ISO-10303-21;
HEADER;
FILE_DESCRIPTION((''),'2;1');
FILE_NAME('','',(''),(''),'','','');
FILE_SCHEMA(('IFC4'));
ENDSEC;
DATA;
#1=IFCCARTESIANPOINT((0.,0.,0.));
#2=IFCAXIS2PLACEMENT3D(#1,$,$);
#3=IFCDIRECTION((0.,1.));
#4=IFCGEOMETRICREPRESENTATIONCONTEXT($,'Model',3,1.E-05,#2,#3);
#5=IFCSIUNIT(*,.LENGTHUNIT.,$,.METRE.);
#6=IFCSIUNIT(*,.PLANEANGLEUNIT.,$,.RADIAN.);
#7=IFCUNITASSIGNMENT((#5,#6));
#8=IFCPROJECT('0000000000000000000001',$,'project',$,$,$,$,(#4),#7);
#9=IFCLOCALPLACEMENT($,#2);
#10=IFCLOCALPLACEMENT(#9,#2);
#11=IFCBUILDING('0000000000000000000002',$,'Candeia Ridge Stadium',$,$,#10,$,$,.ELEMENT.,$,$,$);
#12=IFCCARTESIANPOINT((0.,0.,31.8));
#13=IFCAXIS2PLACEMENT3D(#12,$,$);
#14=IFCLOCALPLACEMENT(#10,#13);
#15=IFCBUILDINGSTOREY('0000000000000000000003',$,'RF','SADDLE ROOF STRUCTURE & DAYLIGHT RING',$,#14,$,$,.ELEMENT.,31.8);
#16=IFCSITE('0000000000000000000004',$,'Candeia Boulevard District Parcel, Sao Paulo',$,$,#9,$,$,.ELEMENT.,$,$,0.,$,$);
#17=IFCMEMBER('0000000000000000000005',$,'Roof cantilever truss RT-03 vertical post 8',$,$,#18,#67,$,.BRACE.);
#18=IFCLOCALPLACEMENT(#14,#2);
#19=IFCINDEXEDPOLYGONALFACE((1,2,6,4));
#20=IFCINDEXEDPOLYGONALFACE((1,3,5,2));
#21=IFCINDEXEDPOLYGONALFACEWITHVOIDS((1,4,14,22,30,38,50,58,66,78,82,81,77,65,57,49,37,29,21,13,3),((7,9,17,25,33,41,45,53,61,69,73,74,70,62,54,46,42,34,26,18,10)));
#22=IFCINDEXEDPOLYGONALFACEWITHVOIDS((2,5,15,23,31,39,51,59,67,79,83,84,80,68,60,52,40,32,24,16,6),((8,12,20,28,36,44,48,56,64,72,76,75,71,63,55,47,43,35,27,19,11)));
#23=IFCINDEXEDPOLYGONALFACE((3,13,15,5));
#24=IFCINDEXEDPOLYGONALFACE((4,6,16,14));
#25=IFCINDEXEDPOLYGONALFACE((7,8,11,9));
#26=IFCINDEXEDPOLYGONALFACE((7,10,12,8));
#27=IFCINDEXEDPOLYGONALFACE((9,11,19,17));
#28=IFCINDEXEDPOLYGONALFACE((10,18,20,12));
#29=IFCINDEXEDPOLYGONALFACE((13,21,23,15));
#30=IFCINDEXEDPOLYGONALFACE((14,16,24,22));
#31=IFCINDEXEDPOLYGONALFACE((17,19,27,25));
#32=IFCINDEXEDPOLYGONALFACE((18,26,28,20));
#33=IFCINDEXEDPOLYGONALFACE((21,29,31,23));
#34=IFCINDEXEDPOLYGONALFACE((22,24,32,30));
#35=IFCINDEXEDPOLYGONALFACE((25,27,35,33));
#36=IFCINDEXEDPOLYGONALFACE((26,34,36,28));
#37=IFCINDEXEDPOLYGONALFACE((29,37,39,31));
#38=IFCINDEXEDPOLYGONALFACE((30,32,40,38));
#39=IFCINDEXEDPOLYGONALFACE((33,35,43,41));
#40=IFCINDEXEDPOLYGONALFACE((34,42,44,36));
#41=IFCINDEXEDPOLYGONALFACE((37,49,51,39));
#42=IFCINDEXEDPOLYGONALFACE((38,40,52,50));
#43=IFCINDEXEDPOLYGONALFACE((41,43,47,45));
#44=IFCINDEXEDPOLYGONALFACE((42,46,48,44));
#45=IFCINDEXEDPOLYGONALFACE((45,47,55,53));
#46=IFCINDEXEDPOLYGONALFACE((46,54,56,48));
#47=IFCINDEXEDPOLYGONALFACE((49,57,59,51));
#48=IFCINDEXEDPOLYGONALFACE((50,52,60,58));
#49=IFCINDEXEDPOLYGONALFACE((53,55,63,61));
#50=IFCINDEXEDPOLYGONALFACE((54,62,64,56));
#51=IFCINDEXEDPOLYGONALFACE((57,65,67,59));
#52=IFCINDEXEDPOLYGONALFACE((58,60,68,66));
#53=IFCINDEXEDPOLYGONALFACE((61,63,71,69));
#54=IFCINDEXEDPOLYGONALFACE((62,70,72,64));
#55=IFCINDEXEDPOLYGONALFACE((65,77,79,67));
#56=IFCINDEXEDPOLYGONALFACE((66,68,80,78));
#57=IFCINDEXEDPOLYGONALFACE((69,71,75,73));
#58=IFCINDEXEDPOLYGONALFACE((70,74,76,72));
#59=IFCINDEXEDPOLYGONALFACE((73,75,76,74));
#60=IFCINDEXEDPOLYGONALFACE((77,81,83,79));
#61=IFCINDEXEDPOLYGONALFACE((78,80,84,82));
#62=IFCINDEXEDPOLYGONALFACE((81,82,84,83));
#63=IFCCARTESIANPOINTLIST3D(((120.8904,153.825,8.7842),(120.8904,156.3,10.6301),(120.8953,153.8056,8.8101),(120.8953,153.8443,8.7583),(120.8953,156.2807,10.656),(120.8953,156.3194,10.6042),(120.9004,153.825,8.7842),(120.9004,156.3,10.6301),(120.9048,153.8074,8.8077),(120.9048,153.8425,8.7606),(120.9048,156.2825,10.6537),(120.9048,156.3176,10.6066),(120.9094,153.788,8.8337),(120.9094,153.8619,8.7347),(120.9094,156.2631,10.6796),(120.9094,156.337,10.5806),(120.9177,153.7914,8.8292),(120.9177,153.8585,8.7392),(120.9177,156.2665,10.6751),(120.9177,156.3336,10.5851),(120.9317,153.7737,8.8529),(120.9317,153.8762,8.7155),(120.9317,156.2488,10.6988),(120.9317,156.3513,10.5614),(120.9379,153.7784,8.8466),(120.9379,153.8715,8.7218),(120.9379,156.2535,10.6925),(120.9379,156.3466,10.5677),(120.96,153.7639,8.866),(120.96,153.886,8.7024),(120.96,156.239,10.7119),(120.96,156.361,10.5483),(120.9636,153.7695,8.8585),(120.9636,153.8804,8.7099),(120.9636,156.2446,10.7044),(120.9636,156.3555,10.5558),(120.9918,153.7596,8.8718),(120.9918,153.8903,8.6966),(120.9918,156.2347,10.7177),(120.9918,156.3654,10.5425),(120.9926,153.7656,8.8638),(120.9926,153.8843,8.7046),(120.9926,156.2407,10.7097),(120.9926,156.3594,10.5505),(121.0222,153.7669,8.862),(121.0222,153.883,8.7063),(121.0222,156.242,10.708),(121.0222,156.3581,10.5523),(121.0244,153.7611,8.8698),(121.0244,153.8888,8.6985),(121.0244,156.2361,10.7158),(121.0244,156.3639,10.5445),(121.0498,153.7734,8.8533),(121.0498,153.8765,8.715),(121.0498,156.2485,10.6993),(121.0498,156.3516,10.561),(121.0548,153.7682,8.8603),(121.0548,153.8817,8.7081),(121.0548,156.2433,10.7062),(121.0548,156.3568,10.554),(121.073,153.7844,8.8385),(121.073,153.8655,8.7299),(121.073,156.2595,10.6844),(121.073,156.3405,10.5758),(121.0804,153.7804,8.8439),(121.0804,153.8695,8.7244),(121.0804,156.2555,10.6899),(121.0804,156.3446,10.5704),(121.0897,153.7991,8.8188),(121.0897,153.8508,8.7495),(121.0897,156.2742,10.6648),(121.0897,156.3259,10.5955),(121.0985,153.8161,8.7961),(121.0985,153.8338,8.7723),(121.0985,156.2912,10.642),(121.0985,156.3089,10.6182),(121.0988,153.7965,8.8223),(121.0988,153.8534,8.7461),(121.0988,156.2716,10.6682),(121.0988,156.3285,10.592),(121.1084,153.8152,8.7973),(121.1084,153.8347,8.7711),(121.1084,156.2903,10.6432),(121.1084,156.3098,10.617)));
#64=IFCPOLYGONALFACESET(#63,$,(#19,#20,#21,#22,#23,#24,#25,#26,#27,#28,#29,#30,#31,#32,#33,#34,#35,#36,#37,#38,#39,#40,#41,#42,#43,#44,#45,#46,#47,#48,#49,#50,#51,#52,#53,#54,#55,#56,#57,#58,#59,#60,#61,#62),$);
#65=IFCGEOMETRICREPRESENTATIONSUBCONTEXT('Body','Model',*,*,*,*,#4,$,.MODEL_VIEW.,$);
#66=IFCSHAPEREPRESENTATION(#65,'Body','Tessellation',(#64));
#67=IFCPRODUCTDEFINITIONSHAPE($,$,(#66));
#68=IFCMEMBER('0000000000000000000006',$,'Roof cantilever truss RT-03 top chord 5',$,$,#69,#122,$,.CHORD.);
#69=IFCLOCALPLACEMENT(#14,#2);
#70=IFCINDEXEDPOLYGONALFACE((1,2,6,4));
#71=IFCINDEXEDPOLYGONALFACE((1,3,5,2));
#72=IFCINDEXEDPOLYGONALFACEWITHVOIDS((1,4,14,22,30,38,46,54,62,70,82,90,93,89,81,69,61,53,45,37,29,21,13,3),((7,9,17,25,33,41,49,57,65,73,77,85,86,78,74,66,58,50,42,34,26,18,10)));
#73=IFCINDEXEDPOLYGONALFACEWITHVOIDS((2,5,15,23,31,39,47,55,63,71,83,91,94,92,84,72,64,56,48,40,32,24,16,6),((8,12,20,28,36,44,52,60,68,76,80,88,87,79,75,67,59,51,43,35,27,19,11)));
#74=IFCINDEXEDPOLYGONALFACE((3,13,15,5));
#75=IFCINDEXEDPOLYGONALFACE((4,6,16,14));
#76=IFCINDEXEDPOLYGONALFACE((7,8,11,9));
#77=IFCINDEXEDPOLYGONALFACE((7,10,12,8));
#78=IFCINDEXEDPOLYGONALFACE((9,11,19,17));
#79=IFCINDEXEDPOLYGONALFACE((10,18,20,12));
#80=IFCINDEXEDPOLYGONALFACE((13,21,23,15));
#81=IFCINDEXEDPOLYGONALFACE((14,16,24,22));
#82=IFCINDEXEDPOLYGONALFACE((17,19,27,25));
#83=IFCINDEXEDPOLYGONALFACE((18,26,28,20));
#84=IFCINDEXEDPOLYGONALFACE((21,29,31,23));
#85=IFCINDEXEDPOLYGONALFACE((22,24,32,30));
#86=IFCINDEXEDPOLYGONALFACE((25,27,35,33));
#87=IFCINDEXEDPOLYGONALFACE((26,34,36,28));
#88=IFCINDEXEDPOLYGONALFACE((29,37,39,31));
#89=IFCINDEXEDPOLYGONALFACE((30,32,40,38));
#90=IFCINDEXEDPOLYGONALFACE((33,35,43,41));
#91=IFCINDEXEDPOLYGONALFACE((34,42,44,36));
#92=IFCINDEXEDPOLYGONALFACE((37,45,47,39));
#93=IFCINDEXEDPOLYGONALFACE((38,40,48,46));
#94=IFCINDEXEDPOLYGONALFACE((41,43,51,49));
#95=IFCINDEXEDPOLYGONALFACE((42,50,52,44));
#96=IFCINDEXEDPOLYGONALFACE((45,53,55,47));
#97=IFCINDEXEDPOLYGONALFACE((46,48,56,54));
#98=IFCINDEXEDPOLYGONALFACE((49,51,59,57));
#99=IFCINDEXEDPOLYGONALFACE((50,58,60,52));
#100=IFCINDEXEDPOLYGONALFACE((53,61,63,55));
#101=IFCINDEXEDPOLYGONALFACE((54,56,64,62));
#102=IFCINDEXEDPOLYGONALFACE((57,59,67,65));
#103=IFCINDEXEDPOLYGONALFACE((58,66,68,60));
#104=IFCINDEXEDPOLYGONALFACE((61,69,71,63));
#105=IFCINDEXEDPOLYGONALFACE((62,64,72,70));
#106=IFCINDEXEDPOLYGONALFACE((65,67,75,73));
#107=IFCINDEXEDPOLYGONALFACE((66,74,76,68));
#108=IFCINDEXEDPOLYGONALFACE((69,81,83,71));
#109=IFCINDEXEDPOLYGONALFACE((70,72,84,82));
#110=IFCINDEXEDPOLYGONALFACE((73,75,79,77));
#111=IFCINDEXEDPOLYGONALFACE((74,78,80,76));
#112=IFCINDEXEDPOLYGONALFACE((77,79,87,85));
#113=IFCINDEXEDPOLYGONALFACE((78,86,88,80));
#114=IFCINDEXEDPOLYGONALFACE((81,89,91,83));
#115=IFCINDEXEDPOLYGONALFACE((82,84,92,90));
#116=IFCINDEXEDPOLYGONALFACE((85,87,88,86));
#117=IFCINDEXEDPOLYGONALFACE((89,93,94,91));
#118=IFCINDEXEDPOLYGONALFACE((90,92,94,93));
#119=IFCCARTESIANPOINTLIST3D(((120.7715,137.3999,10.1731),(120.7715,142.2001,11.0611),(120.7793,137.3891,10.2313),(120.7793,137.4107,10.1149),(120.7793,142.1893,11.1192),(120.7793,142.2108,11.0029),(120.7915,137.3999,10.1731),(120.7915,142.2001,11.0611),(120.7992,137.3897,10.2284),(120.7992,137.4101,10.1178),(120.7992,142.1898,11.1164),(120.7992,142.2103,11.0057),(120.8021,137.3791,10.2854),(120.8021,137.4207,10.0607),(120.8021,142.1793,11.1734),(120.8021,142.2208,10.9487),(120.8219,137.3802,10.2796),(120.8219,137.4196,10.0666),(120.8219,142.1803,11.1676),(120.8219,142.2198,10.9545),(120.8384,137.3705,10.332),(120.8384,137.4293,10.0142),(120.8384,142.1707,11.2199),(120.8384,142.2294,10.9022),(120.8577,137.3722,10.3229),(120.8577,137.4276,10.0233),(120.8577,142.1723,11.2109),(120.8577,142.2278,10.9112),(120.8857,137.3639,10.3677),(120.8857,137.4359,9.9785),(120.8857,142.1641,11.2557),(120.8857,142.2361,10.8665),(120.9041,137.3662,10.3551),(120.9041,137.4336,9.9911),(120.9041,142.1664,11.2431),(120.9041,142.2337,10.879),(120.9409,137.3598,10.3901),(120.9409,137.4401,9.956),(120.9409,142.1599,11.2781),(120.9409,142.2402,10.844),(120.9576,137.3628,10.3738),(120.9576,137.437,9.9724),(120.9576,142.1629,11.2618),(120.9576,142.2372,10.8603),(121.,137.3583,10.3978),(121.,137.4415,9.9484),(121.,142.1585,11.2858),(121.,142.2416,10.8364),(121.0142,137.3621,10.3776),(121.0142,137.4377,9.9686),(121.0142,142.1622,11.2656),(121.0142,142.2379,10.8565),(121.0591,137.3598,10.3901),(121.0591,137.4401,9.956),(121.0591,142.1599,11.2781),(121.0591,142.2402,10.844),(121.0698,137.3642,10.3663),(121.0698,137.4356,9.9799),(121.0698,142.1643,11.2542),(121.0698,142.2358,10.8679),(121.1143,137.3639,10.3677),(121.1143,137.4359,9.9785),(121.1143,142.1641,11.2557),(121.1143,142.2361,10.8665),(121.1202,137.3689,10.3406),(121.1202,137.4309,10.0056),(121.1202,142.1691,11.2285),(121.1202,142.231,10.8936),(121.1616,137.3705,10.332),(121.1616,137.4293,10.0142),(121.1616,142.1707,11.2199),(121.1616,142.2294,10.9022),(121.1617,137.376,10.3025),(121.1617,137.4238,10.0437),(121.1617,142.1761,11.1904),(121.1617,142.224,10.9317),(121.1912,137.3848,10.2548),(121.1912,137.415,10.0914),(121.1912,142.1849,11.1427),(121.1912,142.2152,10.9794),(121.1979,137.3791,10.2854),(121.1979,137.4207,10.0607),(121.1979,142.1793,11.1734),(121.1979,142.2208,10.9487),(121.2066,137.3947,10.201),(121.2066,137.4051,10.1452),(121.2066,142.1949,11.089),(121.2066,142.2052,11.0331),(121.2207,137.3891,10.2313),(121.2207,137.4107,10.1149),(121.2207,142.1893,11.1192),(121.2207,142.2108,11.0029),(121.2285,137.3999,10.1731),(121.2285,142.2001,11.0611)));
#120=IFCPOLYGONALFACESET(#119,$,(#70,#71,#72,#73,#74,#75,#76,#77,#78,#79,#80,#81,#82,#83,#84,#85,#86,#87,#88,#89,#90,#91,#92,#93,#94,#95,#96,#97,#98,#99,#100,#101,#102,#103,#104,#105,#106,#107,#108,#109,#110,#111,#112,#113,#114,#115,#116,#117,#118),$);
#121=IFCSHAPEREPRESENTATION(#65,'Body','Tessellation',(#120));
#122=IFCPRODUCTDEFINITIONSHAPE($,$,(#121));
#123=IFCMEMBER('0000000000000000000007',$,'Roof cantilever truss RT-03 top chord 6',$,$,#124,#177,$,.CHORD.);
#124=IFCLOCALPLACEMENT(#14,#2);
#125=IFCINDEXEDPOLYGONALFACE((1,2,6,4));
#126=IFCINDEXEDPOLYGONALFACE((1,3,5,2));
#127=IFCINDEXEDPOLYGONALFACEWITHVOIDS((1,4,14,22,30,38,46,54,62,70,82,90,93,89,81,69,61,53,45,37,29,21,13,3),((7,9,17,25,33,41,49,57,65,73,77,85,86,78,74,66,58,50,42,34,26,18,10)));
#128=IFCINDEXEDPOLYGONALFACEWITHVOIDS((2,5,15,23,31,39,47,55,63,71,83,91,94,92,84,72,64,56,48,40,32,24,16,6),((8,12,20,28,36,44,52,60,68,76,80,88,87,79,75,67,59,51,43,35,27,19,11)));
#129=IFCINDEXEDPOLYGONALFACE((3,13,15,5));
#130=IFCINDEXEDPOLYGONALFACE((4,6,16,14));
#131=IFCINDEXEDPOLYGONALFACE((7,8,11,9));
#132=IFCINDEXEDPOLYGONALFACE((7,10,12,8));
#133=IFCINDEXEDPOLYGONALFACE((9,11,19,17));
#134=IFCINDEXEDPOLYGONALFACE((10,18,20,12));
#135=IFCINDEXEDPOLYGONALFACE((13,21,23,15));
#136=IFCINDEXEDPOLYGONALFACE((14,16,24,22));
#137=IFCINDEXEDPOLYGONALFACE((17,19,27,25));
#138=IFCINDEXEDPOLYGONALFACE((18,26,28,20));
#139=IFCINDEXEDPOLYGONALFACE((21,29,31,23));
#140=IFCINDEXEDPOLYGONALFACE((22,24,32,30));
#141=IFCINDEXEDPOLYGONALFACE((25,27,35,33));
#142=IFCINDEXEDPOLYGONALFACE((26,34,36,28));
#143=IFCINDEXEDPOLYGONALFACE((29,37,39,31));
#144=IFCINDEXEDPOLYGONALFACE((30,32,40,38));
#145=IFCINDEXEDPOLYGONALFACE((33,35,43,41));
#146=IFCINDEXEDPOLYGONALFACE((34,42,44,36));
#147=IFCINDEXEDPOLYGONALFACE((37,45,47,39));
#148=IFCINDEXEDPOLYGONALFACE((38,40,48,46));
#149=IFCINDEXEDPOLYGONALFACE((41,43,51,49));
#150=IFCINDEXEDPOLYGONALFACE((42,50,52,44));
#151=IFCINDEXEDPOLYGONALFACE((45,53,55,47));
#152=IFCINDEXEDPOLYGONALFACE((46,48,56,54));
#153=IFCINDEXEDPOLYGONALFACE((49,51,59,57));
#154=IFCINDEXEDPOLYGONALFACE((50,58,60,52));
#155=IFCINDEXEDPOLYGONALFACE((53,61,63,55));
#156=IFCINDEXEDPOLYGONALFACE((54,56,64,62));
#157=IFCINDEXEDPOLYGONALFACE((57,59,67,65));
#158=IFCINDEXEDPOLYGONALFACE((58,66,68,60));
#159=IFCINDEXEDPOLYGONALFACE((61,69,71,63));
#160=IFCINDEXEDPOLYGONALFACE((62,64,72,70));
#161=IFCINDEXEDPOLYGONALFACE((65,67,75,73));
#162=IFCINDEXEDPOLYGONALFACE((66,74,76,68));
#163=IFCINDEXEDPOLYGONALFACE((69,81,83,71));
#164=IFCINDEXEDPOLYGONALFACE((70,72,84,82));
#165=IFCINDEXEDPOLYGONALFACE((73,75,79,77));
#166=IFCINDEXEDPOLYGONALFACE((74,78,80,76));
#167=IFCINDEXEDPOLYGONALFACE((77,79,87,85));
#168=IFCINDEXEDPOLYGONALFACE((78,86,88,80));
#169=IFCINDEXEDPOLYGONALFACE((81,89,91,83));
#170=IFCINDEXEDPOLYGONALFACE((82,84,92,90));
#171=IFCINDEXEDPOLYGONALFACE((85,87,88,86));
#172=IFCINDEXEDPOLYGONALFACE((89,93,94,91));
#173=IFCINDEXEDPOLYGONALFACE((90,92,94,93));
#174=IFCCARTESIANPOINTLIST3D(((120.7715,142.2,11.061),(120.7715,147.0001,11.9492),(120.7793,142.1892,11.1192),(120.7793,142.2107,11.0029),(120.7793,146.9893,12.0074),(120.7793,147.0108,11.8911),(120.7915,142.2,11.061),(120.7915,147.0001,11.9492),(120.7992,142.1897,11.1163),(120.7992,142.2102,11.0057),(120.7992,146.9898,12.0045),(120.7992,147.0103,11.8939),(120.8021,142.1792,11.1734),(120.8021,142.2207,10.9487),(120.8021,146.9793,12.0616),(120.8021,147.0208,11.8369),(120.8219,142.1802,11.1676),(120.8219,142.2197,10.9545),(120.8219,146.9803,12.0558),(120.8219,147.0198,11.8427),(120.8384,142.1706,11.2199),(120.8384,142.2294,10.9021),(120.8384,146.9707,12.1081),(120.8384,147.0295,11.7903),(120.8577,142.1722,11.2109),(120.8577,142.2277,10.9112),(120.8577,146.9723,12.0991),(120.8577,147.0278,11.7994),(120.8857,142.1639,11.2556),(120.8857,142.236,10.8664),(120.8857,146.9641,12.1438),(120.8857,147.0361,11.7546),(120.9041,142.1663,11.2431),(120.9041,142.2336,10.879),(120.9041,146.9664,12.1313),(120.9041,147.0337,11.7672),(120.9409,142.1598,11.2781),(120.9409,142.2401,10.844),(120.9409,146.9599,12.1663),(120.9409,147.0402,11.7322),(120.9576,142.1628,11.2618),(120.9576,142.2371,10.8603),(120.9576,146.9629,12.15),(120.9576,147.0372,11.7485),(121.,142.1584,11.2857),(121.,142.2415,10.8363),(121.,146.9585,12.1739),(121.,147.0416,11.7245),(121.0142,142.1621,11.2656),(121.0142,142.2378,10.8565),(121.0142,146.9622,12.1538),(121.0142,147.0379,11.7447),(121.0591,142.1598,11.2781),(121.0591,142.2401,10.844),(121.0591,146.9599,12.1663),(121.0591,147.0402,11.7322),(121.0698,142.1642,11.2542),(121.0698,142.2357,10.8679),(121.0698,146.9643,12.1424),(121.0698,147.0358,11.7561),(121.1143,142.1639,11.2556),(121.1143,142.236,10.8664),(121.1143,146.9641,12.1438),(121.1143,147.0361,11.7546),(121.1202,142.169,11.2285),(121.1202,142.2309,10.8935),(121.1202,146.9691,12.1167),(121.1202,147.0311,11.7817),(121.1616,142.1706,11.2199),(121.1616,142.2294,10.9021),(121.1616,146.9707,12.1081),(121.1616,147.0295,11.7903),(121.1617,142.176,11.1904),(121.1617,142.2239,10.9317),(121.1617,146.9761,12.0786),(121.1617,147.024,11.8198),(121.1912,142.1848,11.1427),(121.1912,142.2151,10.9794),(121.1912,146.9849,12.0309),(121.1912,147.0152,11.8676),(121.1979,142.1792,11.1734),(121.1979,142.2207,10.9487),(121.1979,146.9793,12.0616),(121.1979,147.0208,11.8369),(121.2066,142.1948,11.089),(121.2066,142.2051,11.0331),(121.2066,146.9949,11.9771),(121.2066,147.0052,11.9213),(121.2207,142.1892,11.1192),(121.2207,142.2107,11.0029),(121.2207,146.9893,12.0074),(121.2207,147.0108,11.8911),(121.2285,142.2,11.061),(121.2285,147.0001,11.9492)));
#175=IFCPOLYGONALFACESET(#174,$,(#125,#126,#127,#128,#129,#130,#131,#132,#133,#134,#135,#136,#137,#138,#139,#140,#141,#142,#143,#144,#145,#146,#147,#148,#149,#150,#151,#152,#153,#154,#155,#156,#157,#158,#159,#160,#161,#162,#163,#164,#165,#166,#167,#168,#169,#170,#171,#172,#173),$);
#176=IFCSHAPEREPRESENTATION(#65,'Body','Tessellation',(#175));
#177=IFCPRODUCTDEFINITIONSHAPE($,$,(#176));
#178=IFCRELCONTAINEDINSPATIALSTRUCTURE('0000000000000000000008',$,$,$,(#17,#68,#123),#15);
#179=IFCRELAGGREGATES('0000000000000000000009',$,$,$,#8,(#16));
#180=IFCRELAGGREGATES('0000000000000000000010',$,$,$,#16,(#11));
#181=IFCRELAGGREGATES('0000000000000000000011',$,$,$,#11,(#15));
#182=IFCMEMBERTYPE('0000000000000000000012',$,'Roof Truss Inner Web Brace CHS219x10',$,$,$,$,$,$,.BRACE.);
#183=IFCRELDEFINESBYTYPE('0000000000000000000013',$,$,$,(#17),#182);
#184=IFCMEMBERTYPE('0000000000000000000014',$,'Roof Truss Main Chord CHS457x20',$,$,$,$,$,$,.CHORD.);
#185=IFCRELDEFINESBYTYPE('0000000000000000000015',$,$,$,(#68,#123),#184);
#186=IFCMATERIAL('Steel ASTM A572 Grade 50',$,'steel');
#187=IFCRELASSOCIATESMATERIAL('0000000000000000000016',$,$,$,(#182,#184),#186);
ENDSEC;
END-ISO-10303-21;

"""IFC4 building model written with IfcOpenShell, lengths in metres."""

from ifc_helpers import new_model, si_unit, direction, frame, origin, origin_2d, place, context, subcontext, project, spatial, hollow_circle, extrude, material, material_profile, profile_set, type_object, element, save


model = new_model("IFC4")

# Units and contexts
model_context = context("Model", 3, precision=1e-05, world=origin(), true_north=direction((0.0, 1.0)))
body_context = subcontext(model_context, "Body", "Model", "MODEL_VIEW")
ifc_project = project(units=[si_unit("LENGTHUNIT", "METRE"), si_unit("PLANEANGLEUNIT", "RADIAN")], contexts=[model_context])

# Site, building, storey
site_placement = place(None, origin())
site = spatial("IfcSite", under=ifc_project, at=site_placement, Name="Candeia Boulevard District Parcel, Sao Paulo", CompositionType="ELEMENT", RefElevation=0.0)
building_placement = place(site_placement, origin())
building = spatial("IfcBuilding", under=site, at=building_placement, Name="Candeia Ridge Stadium", CompositionType="ELEMENT")
storey_placement = place(building_placement, frame((0.0, 0.0, 31.8)))
storey = spatial("IfcBuildingStorey", under=building, at=storey_placement, Name="RF", Description="SADDLE ROOF STRUCTURE & DAYLIGHT RING", CompositionType="ELEMENT", Elevation=31.8)

# Shared definitions
ifc_material_1 = material(Name="Steel ASTM A572 Grade 50", Category="steel")

# Members
ifc_material_profile_1 = material_profile(ifc_material_1, hollow_circle(Radius=0.1096, WallThickness=0.01, at=origin_2d()), Name="CHS219x10", Category="steel")
ifc_profile_set_1 = profile_set([ifc_material_profile_1], Name="Steel ASTM A572 Grade 50")
member_type_1 = type_object("IfcMemberType", Name="Roof Truss Inner Web Brace CHS219x10", PredefinedType="BRACE", material=ifc_profile_set_1)
member_1_placement = place(storey_placement, frame((121.0, 153.825, 8.7842), z_axis=(0.0, 0.80161, 0.597847), x_axis=(-1.0, 0.0, 0.0)))
element("IfcMember", 1, at=member_1_placement, inside=storey, type_object=member_type_1, Name="Roof cantilever truss RT-03 vertical post 8", PredefinedType="BRACE", context=body_context, shape_type="SweptSolid", body=[
    extrude(hollow_circle(Radius=0.1096, WallThickness=0.01, at=origin_2d()), origin(), (0.0, 0.0, 1.0), 3.0876),
])
ifc_material_profile_2 = material_profile(ifc_material_1, hollow_circle(Radius=0.2285, WallThickness=0.02, at=origin_2d()), Name="CHS457x20", Category="steel")
ifc_profile_set_2 = profile_set([ifc_material_profile_2], Name="Steel ASTM A572 Grade 50")
member_type_2 = type_object("IfcMemberType", Name="Roof Truss Main Chord CHS457x20", PredefinedType="CHORD", material=ifc_profile_set_2)
for number, where, z_axis, x_axis, name in (
    (2, (121.0, 137.3999, 10.1731), (0.0, 0.983317, 0.181899), (-1.0, 0.0, 0.0), "Roof cantilever truss RT-03 top chord 5"),
    (3, (121.0, 142.2, 11.061), (0.0, 0.983308, 0.181948), (-1.0, 0.0, 0.0), "Roof cantilever truss RT-03 top chord 6"),
):
    element("IfcMember", number, at=place(storey_placement, frame(where, z_axis=z_axis, x_axis=x_axis)), inside=storey, type_object=member_type_2, Name=name, PredefinedType="CHORD", context=body_context, shape_type="SweptSolid", body=[
        extrude(hollow_circle(Radius=0.2285, WallThickness=0.02, at=origin_2d()), origin(), (0.0, 0.0, 1.0), 4.8816),
    ])

save(model, "model.ifc")
